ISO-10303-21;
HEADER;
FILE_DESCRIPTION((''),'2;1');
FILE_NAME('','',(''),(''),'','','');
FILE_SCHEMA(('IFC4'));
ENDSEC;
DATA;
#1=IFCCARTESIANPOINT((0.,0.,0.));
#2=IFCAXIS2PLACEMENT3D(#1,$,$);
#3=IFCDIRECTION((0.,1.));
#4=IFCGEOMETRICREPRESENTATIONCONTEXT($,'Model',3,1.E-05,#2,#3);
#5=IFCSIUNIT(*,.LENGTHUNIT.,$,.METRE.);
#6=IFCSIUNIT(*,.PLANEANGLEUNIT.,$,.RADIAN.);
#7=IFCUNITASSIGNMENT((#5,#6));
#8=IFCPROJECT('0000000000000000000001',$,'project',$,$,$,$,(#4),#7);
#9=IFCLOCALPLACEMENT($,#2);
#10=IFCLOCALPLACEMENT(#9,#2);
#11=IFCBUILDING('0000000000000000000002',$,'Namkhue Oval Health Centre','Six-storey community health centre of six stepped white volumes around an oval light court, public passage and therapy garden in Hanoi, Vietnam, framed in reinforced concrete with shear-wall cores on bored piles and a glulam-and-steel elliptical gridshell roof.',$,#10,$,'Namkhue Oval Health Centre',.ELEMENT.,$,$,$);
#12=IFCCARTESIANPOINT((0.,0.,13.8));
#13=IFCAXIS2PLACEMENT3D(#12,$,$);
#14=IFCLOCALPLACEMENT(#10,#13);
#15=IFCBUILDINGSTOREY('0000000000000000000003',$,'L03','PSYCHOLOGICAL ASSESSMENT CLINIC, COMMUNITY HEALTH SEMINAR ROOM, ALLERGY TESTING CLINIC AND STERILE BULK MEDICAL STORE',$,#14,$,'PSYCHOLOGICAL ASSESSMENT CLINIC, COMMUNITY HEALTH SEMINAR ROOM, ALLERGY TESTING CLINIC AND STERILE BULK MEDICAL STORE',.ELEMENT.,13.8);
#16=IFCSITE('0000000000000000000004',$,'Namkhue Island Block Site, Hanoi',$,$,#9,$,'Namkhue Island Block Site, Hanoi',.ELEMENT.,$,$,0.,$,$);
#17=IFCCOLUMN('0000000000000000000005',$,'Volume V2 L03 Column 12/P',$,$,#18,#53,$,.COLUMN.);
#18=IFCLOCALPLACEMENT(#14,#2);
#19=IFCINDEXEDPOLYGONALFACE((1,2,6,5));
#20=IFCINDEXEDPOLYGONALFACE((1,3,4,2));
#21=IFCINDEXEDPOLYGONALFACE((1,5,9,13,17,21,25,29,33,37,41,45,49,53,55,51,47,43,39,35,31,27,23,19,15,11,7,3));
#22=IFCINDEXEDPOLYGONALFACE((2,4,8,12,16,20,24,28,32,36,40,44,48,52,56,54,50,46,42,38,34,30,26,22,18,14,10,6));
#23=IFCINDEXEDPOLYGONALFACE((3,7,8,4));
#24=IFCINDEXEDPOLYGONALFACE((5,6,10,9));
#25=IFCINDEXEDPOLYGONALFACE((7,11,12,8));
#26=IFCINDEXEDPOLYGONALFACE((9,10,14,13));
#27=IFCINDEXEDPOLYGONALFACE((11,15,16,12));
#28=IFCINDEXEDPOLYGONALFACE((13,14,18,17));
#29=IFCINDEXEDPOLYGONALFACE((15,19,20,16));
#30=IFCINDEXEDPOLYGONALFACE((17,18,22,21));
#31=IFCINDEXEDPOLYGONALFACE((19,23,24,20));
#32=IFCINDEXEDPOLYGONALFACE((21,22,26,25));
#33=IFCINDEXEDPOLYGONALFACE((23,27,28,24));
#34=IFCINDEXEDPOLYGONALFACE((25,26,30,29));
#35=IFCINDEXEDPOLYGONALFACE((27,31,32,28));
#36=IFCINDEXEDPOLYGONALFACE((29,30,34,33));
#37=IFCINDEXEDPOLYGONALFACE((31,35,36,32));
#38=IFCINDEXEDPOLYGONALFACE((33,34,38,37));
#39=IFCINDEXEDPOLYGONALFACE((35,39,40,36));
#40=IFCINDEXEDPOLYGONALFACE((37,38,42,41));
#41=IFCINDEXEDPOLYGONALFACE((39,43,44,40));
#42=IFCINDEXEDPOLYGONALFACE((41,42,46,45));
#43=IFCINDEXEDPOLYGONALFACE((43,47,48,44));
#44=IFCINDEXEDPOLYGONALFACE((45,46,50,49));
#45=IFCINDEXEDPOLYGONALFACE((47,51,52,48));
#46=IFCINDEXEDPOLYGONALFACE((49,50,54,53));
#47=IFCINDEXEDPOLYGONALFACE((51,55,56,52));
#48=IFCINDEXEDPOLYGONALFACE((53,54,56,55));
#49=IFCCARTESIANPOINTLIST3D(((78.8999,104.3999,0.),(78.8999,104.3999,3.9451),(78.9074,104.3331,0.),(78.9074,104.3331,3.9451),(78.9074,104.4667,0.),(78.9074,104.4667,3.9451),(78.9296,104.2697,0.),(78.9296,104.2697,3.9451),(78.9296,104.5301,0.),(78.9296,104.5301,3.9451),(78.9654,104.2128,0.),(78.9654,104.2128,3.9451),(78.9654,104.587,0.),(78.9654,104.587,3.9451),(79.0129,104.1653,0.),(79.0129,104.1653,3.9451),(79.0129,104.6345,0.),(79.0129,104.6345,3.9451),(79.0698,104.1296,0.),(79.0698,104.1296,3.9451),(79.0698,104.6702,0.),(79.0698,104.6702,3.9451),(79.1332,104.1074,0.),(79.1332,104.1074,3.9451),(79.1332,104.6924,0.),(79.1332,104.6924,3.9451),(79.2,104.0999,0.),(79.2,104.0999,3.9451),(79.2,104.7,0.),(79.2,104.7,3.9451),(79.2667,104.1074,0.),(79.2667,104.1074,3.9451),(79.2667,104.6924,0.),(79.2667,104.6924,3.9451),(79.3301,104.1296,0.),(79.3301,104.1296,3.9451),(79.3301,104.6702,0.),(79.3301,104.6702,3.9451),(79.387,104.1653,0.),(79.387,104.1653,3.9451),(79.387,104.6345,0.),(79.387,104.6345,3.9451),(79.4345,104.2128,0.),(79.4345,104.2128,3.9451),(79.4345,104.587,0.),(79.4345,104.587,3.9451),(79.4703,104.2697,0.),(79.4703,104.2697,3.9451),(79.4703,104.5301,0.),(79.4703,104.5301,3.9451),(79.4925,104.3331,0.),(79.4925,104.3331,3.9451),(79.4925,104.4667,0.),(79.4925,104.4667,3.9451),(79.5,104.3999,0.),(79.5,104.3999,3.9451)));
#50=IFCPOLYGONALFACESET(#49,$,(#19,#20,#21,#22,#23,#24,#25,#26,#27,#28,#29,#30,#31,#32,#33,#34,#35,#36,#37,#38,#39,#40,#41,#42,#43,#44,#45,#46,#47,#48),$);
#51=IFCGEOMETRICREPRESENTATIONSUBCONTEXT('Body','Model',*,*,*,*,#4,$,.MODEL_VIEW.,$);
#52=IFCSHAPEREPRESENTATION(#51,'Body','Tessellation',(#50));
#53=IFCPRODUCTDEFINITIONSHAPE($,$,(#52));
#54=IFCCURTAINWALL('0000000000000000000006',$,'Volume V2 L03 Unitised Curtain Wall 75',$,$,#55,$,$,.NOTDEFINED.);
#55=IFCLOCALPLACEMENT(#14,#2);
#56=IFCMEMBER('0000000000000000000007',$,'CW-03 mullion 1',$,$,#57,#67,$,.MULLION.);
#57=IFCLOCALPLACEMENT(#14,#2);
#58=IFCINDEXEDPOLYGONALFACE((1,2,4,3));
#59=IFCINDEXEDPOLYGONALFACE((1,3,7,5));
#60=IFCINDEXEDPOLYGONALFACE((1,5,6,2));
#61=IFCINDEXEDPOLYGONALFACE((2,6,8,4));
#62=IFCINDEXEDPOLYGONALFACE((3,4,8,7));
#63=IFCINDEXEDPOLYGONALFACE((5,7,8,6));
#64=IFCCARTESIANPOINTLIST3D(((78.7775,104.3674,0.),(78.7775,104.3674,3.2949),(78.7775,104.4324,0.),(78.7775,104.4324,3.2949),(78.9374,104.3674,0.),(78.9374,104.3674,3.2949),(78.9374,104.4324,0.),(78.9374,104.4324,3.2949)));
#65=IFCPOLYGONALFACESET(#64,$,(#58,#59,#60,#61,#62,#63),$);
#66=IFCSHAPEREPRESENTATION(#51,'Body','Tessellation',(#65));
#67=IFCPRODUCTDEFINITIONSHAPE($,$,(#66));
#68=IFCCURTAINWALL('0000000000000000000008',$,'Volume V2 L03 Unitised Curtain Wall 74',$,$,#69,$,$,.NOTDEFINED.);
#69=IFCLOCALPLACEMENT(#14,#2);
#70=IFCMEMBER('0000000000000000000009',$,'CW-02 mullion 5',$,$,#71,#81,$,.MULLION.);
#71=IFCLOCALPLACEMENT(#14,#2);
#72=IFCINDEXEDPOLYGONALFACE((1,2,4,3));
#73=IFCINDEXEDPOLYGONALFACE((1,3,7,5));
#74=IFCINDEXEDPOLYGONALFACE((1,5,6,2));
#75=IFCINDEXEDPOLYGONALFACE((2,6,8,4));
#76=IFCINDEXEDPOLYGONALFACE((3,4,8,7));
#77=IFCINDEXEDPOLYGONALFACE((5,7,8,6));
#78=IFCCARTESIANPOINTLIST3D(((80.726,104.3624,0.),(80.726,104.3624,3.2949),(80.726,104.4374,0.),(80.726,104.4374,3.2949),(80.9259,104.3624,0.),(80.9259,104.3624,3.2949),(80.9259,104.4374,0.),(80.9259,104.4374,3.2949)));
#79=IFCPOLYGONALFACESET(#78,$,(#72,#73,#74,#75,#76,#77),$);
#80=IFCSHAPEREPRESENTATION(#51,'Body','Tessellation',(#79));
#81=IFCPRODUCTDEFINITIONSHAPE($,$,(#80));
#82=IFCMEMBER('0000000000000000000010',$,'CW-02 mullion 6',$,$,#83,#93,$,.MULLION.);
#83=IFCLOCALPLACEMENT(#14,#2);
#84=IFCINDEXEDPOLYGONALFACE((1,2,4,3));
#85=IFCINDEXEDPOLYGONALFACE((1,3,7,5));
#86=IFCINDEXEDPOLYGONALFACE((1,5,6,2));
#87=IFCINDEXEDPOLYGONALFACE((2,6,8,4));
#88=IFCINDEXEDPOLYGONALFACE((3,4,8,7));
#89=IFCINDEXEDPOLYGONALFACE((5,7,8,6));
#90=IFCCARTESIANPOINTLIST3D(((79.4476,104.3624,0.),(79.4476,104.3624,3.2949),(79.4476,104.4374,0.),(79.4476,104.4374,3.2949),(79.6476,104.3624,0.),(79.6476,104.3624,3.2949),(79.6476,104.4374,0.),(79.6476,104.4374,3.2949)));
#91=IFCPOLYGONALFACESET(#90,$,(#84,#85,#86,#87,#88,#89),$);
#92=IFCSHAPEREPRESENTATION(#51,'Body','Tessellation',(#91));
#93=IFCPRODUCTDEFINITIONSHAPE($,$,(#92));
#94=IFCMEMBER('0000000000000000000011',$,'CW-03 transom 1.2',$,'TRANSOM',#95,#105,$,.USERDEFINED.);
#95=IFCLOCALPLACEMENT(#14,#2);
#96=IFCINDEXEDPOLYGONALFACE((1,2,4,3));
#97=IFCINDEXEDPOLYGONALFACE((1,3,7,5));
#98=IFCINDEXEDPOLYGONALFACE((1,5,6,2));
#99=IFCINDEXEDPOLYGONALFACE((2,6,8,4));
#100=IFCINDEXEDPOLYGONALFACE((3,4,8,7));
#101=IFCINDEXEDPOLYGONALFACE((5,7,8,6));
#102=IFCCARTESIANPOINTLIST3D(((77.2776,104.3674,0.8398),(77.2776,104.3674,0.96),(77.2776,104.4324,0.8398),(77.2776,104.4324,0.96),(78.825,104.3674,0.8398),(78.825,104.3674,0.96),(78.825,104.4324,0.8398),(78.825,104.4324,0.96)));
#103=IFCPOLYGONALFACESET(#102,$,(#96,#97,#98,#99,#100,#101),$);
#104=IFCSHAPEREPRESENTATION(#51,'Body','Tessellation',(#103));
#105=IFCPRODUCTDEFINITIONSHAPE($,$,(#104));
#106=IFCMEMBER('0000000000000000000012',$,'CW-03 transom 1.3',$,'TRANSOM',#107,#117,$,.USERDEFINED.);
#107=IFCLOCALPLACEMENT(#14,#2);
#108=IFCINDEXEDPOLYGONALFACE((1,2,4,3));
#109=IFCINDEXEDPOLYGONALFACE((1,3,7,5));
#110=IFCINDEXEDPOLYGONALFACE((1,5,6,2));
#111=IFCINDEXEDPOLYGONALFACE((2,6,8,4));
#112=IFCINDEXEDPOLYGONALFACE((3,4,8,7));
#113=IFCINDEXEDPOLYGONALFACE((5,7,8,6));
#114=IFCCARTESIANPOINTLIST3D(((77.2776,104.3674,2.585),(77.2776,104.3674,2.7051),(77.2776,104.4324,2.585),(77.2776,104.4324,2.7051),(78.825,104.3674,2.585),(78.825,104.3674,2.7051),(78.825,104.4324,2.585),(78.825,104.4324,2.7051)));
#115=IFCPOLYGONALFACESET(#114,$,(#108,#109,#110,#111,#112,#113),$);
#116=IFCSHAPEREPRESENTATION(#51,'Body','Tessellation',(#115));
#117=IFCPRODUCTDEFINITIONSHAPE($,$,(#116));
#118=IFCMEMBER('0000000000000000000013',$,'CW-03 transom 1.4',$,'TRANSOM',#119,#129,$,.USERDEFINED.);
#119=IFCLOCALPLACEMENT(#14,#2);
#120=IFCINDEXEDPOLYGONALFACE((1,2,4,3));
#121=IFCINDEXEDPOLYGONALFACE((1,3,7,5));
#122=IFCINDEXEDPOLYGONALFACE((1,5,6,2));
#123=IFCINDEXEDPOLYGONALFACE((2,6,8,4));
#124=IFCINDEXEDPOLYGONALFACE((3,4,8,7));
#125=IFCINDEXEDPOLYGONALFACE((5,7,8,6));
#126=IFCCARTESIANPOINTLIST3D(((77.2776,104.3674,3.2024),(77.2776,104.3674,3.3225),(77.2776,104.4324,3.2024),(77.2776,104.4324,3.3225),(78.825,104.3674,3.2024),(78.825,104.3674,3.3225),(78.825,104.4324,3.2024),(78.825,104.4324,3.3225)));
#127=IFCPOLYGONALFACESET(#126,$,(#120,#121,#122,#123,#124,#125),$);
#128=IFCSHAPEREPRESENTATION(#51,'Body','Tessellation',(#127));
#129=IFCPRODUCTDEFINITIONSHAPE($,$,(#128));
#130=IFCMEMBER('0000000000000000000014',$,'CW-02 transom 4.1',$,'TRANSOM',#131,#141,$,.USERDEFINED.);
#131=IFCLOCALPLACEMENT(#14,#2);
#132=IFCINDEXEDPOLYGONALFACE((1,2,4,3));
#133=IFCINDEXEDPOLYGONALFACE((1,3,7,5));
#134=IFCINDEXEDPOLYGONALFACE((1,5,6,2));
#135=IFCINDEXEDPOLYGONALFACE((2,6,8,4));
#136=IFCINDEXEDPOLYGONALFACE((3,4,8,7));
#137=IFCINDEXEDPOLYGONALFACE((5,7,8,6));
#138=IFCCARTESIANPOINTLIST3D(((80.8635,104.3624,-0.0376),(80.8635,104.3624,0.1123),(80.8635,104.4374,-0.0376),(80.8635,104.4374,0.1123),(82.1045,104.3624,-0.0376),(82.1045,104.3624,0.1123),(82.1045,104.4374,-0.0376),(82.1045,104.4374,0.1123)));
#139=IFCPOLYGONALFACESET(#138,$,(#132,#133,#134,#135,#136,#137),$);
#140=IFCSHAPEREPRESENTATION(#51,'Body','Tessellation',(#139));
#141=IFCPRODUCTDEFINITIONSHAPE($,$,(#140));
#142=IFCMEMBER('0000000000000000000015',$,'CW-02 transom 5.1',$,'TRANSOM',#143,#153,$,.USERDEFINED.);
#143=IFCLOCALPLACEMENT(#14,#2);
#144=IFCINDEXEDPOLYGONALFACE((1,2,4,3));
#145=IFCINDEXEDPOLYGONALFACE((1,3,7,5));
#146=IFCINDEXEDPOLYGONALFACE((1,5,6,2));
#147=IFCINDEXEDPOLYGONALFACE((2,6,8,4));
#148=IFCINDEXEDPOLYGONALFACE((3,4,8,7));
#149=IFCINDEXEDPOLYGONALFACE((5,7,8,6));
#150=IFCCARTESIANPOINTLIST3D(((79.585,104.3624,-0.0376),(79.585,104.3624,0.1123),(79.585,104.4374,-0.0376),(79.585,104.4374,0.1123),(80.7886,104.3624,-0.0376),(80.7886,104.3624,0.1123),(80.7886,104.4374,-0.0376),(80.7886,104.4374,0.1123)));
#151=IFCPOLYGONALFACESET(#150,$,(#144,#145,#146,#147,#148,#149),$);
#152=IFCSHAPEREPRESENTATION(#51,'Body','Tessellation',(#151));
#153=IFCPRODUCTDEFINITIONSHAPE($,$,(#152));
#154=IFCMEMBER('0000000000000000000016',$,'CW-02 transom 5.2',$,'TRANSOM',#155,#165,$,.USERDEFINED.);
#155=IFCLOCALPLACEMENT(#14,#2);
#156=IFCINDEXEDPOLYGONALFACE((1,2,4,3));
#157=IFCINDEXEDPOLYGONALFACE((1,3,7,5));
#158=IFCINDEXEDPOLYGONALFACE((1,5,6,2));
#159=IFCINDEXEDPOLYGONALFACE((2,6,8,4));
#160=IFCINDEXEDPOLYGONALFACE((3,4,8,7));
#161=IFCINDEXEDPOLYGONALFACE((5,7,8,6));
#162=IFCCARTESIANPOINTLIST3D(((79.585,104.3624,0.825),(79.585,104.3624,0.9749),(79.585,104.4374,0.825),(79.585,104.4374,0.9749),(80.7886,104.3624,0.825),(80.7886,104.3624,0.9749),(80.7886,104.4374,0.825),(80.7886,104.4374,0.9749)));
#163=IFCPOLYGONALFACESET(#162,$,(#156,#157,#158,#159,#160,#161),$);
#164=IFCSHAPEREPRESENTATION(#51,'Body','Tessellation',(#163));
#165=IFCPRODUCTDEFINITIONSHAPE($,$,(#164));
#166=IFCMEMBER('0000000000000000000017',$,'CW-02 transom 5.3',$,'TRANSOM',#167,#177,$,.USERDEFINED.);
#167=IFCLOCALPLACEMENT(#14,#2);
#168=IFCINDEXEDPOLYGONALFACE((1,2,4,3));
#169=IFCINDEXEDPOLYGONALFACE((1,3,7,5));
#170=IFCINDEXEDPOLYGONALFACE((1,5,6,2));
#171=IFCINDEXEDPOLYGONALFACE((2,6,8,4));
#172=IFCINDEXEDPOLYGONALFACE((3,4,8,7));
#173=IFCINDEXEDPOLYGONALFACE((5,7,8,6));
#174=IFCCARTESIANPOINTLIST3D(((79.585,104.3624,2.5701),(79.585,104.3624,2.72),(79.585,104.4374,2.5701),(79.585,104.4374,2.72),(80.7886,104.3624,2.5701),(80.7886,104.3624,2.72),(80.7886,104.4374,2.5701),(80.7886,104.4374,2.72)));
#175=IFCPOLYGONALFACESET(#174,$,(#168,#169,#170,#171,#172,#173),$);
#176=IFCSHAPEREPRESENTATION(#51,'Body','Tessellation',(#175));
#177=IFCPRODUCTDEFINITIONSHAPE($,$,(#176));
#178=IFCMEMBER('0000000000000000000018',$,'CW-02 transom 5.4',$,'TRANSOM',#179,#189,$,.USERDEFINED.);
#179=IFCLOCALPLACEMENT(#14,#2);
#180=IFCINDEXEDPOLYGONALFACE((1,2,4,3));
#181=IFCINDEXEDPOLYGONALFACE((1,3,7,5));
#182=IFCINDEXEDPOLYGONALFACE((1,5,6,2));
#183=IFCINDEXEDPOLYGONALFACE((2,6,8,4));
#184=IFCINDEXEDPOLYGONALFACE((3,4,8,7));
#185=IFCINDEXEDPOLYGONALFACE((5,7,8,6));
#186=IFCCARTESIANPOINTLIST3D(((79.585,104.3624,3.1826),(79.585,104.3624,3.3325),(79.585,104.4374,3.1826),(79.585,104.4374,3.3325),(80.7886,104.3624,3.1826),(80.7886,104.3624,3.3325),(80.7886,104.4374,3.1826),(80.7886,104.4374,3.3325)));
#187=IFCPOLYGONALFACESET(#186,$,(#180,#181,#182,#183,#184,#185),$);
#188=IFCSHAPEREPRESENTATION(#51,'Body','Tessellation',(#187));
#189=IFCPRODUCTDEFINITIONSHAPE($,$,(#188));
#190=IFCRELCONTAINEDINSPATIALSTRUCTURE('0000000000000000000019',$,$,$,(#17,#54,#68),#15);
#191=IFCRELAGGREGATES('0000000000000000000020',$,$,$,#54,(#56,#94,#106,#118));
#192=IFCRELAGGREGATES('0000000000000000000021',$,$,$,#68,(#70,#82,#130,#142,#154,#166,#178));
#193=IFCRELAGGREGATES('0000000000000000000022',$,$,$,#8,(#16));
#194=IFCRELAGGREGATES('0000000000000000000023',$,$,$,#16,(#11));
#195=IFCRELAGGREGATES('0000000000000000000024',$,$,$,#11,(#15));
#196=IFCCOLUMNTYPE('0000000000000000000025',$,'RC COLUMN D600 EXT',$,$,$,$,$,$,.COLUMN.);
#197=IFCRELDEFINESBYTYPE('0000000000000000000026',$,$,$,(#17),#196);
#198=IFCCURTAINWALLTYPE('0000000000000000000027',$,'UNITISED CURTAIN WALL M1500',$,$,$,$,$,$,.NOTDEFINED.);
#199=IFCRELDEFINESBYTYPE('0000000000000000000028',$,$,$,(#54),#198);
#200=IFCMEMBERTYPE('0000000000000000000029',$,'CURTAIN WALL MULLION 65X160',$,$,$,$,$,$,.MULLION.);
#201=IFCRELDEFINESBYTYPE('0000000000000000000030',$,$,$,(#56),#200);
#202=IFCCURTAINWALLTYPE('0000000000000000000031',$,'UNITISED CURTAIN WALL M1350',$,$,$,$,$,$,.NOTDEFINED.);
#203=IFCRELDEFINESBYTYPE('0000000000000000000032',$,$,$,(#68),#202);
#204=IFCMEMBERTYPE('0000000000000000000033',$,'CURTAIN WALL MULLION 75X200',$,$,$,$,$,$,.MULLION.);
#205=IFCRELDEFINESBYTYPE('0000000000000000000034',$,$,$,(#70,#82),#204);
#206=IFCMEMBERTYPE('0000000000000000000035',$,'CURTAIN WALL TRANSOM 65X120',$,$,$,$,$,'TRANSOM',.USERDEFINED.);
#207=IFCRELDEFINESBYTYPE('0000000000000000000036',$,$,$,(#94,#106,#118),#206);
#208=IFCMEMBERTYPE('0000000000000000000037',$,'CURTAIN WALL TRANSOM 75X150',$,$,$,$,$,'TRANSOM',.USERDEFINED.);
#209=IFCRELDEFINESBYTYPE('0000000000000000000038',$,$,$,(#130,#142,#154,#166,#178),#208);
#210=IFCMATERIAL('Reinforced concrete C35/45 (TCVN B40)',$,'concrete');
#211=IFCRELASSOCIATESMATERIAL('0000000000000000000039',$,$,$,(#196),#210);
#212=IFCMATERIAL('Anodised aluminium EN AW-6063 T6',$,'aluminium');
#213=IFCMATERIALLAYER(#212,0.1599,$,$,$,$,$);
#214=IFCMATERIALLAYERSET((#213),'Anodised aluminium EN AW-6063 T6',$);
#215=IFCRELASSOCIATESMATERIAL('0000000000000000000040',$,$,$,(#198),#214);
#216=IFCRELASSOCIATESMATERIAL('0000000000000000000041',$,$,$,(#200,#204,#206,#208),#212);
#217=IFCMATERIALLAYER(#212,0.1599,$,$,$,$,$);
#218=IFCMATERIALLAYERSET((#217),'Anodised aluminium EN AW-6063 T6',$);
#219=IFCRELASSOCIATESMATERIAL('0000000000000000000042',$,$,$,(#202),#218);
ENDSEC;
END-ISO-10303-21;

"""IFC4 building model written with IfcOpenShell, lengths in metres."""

from ifc_helpers import new_model, si_unit, direction, frame, origin, origin_2d, place, context, subcontext, project, spatial, rectangle, circle, extrude, material, layer, layer_set, material_profile, profile_set, type_object, element, aggregate, save


model = new_model("IFC4")

# Units and contexts
model_context = context("Model", 3, precision=1e-05, world=origin(), true_north=direction((0.0, 1.0)))
body_context = subcontext(model_context, "Body", "Model", "MODEL_VIEW")
ifc_project = project(units=[si_unit("LENGTHUNIT", "METRE"), si_unit("PLANEANGLEUNIT", "RADIAN")], contexts=[model_context])

# Site, building, storey
site_placement = place(None, origin())
site = spatial("IfcSite", under=ifc_project, at=site_placement, Name="Namkhue Island Block Site, Hanoi", LongName="Namkhue Island Block Site, Hanoi", CompositionType="ELEMENT", RefElevation=0.0)
building_placement = place(site_placement, origin())
building = spatial("IfcBuilding", under=site, at=building_placement, Name="Namkhue Oval Health Centre", Description="Six-storey community health centre of six stepped white volumes around an oval light court, public passage and therapy garden in Hanoi, Vietnam, framed in reinforced concrete with shear-wall cores on bored piles and a glulam-and-steel elliptical gridshell roof.", LongName="Namkhue Oval Health Centre", CompositionType="ELEMENT")
storey_placement = place(building_placement, frame((0.0, 0.0, 13.8)))
storey = spatial("IfcBuildingStorey", under=building, at=storey_placement, Name="L03", Description="PSYCHOLOGICAL ASSESSMENT CLINIC, COMMUNITY HEALTH SEMINAR ROOM, ALLERGY TESTING CLINIC AND STERILE BULK MEDICAL STORE", LongName="PSYCHOLOGICAL ASSESSMENT CLINIC, COMMUNITY HEALTH SEMINAR ROOM, ALLERGY TESTING CLINIC AND STERILE BULK MEDICAL STORE", CompositionType="ELEMENT", Elevation=13.8)

# Column
ifc_material_1 = material(Name="Reinforced concrete C35/45 (TCVN B40)", Category="concrete")
ifc_material_profile_1 = material_profile(ifc_material_1, circle(Radius=0.3, at=origin_2d()), Name="RC D600")
ifc_profile_set_1 = profile_set([ifc_material_profile_1], Name="Reinforced concrete C35/45 (TCVN B40)")
column_type = type_object("IfcColumnType", Name="RC COLUMN D600 EXT", PredefinedType="COLUMN", material=ifc_profile_set_1)
column_placement = place(storey_placement, frame((79.2, 104.3999, 0.0), z_axis=(0.0, 0.0, 1.0), x_axis=(1.0, 0.0, 0.0)))
element("IfcColumn", 1, at=column_placement, inside=storey, type_object=column_type, Name="Volume V2 L03 Column 12/P", PredefinedType="COLUMN", context=body_context, shape_type="SweptSolid", body=[
    extrude(circle(Radius=0.3, at=origin_2d()), origin(), (0.0, 0.0, 1.0), 3.9451),
])

# Curtain wall, member
ifc_material_2 = material(Name="Anodised aluminium EN AW-6063 T6", Category="aluminium")
ifc_layer_1 = layer(ifc_material_2, 0.1599)
ifc_layer_set_1 = layer_set([ifc_layer_1], Name="Anodised aluminium EN AW-6063 T6")
curtain_wall_type_1 = type_object("IfcCurtainWallType", Name="UNITISED CURTAIN WALL M1500", PredefinedType="NOTDEFINED", material=ifc_layer_set_1)
curtain_wall_1_placement = place(storey_placement, origin())
curtain_wall_1 = element("IfcCurtainWall", 2, at=curtain_wall_1_placement, inside=storey, type_object=curtain_wall_type_1, Name="Volume V2 L03 Unitised Curtain Wall 75", PredefinedType="NOTDEFINED")
ifc_material_profile_2 = material_profile(ifc_material_2, rectangle(XDim=0.0649, YDim=0.1599, at=origin_2d()), Name="ALU 65x160")
ifc_profile_set_2 = profile_set([ifc_material_profile_2], Name="Anodised aluminium EN AW-6063 T6")
member_type_1 = type_object("IfcMemberType", Name="CURTAIN WALL MULLION 65X160", PredefinedType="MULLION", material=ifc_profile_set_2)
member_1_placement = place(storey_placement, frame((78.8574, 104.3999, 0.0), z_axis=(0.0, 0.0, 1.0), x_axis=(0.0, -1.0, 0.0)))
member_1 = element("IfcMember", 3, at=member_1_placement, type_object=member_type_1, Name="CW-03 mullion 1", PredefinedType="MULLION", context=body_context, shape_type="SweptSolid", body=[
    extrude(rectangle(XDim=0.0649, YDim=0.1599, at=origin_2d()), origin(), (0.0, 0.0, 1.0), 3.2949),
])

# Curtain wall, members
ifc_layer_2 = layer(ifc_material_2, 0.1599)
ifc_layer_set_2 = layer_set([ifc_layer_2], Name="Anodised aluminium EN AW-6063 T6")
curtain_wall_type_2 = type_object("IfcCurtainWallType", Name="UNITISED CURTAIN WALL M1350", PredefinedType="NOTDEFINED", material=ifc_layer_set_2)
curtain_wall_2_placement = place(storey_placement, origin())
curtain_wall_2 = element("IfcCurtainWall", 4, at=curtain_wall_2_placement, inside=storey, type_object=curtain_wall_type_2, Name="Volume V2 L03 Unitised Curtain Wall 74", PredefinedType="NOTDEFINED")
ifc_material_profile_3 = material_profile(ifc_material_2, rectangle(XDim=0.075, YDim=0.2, at=origin_2d()), Name="ALU 75x200")
ifc_profile_set_3 = profile_set([ifc_material_profile_3], Name="Anodised aluminium EN AW-6063 T6")
member_type_2 = type_object("IfcMemberType", Name="CURTAIN WALL MULLION 75X200", PredefinedType="MULLION", material=ifc_profile_set_3)
member_2_placement = place(storey_placement, frame((80.8259, 104.3999, 0.0), z_axis=(0.0, 0.0, 1.0), x_axis=(0.0, -1.0, 0.0)))
member_2 = element("IfcMember", 5, at=member_2_placement, type_object=member_type_2, Name="CW-02 mullion 5", PredefinedType="MULLION", context=body_context, shape_type="SweptSolid", body=[
    extrude(rectangle(XDim=0.075, YDim=0.2, at=origin_2d()), origin(), (0.0, 0.0, 1.0), 3.2949),
])
member_3_placement = place(storey_placement, frame((79.5476, 104.3999, 0.0), z_axis=(0.0, 0.0, 1.0), x_axis=(0.0, -1.0, 0.0)))
member_3 = element("IfcMember", 6, at=member_3_placement, type_object=member_type_2, Name="CW-02 mullion 6", PredefinedType="MULLION", context=body_context, shape_type="SweptSolid", body=[
    extrude(rectangle(XDim=0.075, YDim=0.2, at=origin_2d()), origin(), (0.0, 0.0, 1.0), 3.2949),
])

# Members
ifc_material_profile_4 = material_profile(ifc_material_2, rectangle(XDim=0.0649, YDim=0.1201, at=origin_2d()), Name="ALU 65x120")
ifc_profile_set_4 = profile_set([ifc_material_profile_4], Name="Anodised aluminium EN AW-6063 T6")
member_type_3 = type_object("IfcMemberType", Name="CURTAIN WALL TRANSOM 65X120", ElementType="TRANSOM", PredefinedType="USERDEFINED", material=ifc_profile_set_4)
member_4_placement = place(storey_placement, frame((78.825, 104.3999, 0.8999), z_axis=(-1.0, 0.0, 0.0), x_axis=(0.0, -1.0, 0.0)))
member_4 = element("IfcMember", 7, at=member_4_placement, type_object=member_type_3, Name="CW-03 transom 1.2", ObjectType="TRANSOM", PredefinedType="USERDEFINED", context=body_context, shape_type="SweptSolid", body=[
    extrude(rectangle(XDim=0.0649, YDim=0.1201, at=origin_2d()), origin(), (0.0, 0.0, 1.0), 1.5474),
])
member_5_placement = place(storey_placement, frame((78.825, 104.3999, 2.645), z_axis=(-1.0, 0.0, 0.0), x_axis=(0.0, -1.0, 0.0)))
member_5 = element("IfcMember", 8, at=member_5_placement, type_object=member_type_3, Name="CW-03 transom 1.3", ObjectType="TRANSOM", PredefinedType="USERDEFINED", context=body_context, shape_type="SweptSolid", body=[
    extrude(rectangle(XDim=0.0649, YDim=0.1201, at=origin_2d()), origin(), (0.0, 0.0, 1.0), 1.5474),
])
member_6_placement = place(storey_placement, frame((78.825, 104.3999, 3.2625), z_axis=(-1.0, 0.0, 0.0), x_axis=(0.0, -1.0, 0.0)))
member_6 = element("IfcMember", 9, at=member_6_placement, type_object=member_type_3, Name="CW-03 transom 1.4", ObjectType="TRANSOM", PredefinedType="USERDEFINED", context=body_context, shape_type="SweptSolid", body=[
    extrude(rectangle(XDim=0.0649, YDim=0.1201, at=origin_2d()), origin(), (0.0, 0.0, 1.0), 1.5474),
])
aggregate(curtain_wall_1, [member_1, member_4, member_5, member_6])
ifc_material_profile_5 = material_profile(ifc_material_2, rectangle(XDim=0.075, YDim=0.1499, at=origin_2d()), Name="ALU 75x150")
ifc_profile_set_5 = profile_set([ifc_material_profile_5], Name="Anodised aluminium EN AW-6063 T6")
member_type_4 = type_object("IfcMemberType", Name="CURTAIN WALL TRANSOM 75X150", ElementType="TRANSOM", PredefinedType="USERDEFINED", material=ifc_profile_set_5)
member_7_placement = place(storey_placement, frame((82.1045, 104.3999, 0.0374), z_axis=(-1.0, 0.0, 0.0), x_axis=(0.0, -1.0, 0.0)))
member_7 = element("IfcMember", 10, at=member_7_placement, type_object=member_type_4, Name="CW-02 transom 4.1", ObjectType="TRANSOM", PredefinedType="USERDEFINED", context=body_context, shape_type="SweptSolid", body=[
    extrude(rectangle(XDim=0.075, YDim=0.1499, at=origin_2d()), origin(), (0.0, 0.0, 1.0), 1.241),
])
member_8_placement = place(storey_placement, frame((80.7886, 104.3999, 0.0374), z_axis=(-1.0, 0.0, 0.0), x_axis=(0.0, -1.0, 0.0)))
member_8 = element("IfcMember", 11, at=member_8_placement, type_object=member_type_4, Name="CW-02 transom 5.1", ObjectType="TRANSOM", PredefinedType="USERDEFINED", context=body_context, shape_type="SweptSolid", body=[
    extrude(rectangle(XDim=0.075, YDim=0.1499, at=origin_2d()), origin(), (0.0, 0.0, 1.0), 1.2036),
])
member_9_placement = place(storey_placement, frame((80.7886, 104.3999, 0.8999), z_axis=(-1.0, 0.0, 0.0), x_axis=(0.0, -1.0, 0.0)))
member_9 = element("IfcMember", 12, at=member_9_placement, type_object=member_type_4, Name="CW-02 transom 5.2", ObjectType="TRANSOM", PredefinedType="USERDEFINED", context=body_context, shape_type="SweptSolid", body=[
    extrude(rectangle(XDim=0.075, YDim=0.1499, at=origin_2d()), origin(), (0.0, 0.0, 1.0), 1.2036),
])
member_10_placement = place(storey_placement, frame((80.7886, 104.3999, 2.645), z_axis=(-1.0, 0.0, 0.0), x_axis=(0.0, -1.0, 0.0)))
member_10 = element("IfcMember", 13, at=member_10_placement, type_object=member_type_4, Name="CW-02 transom 5.3", ObjectType="TRANSOM", PredefinedType="USERDEFINED", context=body_context, shape_type="SweptSolid", body=[
    extrude(rectangle(XDim=0.075, YDim=0.1499, at=origin_2d()), origin(), (0.0, 0.0, 1.0), 1.2036),
])
member_11_placement = place(storey_placement, frame((80.7886, 104.3999, 3.2576), z_axis=(-1.0, 0.0, 0.0), x_axis=(0.0, -1.0, 0.0)))
member_11 = element("IfcMember", 14, at=member_11_placement, type_object=member_type_4, Name="CW-02 transom 5.4", ObjectType="TRANSOM", PredefinedType="USERDEFINED", context=body_context, shape_type="SweptSolid", body=[
    extrude(rectangle(XDim=0.075, YDim=0.1499, at=origin_2d()), origin(), (0.0, 0.0, 1.0), 1.2036),
])

aggregate(curtain_wall_2, [member_2, member_3, member_7, member_8, member_9, member_10, member_11])

save(model, "model.ifc")
